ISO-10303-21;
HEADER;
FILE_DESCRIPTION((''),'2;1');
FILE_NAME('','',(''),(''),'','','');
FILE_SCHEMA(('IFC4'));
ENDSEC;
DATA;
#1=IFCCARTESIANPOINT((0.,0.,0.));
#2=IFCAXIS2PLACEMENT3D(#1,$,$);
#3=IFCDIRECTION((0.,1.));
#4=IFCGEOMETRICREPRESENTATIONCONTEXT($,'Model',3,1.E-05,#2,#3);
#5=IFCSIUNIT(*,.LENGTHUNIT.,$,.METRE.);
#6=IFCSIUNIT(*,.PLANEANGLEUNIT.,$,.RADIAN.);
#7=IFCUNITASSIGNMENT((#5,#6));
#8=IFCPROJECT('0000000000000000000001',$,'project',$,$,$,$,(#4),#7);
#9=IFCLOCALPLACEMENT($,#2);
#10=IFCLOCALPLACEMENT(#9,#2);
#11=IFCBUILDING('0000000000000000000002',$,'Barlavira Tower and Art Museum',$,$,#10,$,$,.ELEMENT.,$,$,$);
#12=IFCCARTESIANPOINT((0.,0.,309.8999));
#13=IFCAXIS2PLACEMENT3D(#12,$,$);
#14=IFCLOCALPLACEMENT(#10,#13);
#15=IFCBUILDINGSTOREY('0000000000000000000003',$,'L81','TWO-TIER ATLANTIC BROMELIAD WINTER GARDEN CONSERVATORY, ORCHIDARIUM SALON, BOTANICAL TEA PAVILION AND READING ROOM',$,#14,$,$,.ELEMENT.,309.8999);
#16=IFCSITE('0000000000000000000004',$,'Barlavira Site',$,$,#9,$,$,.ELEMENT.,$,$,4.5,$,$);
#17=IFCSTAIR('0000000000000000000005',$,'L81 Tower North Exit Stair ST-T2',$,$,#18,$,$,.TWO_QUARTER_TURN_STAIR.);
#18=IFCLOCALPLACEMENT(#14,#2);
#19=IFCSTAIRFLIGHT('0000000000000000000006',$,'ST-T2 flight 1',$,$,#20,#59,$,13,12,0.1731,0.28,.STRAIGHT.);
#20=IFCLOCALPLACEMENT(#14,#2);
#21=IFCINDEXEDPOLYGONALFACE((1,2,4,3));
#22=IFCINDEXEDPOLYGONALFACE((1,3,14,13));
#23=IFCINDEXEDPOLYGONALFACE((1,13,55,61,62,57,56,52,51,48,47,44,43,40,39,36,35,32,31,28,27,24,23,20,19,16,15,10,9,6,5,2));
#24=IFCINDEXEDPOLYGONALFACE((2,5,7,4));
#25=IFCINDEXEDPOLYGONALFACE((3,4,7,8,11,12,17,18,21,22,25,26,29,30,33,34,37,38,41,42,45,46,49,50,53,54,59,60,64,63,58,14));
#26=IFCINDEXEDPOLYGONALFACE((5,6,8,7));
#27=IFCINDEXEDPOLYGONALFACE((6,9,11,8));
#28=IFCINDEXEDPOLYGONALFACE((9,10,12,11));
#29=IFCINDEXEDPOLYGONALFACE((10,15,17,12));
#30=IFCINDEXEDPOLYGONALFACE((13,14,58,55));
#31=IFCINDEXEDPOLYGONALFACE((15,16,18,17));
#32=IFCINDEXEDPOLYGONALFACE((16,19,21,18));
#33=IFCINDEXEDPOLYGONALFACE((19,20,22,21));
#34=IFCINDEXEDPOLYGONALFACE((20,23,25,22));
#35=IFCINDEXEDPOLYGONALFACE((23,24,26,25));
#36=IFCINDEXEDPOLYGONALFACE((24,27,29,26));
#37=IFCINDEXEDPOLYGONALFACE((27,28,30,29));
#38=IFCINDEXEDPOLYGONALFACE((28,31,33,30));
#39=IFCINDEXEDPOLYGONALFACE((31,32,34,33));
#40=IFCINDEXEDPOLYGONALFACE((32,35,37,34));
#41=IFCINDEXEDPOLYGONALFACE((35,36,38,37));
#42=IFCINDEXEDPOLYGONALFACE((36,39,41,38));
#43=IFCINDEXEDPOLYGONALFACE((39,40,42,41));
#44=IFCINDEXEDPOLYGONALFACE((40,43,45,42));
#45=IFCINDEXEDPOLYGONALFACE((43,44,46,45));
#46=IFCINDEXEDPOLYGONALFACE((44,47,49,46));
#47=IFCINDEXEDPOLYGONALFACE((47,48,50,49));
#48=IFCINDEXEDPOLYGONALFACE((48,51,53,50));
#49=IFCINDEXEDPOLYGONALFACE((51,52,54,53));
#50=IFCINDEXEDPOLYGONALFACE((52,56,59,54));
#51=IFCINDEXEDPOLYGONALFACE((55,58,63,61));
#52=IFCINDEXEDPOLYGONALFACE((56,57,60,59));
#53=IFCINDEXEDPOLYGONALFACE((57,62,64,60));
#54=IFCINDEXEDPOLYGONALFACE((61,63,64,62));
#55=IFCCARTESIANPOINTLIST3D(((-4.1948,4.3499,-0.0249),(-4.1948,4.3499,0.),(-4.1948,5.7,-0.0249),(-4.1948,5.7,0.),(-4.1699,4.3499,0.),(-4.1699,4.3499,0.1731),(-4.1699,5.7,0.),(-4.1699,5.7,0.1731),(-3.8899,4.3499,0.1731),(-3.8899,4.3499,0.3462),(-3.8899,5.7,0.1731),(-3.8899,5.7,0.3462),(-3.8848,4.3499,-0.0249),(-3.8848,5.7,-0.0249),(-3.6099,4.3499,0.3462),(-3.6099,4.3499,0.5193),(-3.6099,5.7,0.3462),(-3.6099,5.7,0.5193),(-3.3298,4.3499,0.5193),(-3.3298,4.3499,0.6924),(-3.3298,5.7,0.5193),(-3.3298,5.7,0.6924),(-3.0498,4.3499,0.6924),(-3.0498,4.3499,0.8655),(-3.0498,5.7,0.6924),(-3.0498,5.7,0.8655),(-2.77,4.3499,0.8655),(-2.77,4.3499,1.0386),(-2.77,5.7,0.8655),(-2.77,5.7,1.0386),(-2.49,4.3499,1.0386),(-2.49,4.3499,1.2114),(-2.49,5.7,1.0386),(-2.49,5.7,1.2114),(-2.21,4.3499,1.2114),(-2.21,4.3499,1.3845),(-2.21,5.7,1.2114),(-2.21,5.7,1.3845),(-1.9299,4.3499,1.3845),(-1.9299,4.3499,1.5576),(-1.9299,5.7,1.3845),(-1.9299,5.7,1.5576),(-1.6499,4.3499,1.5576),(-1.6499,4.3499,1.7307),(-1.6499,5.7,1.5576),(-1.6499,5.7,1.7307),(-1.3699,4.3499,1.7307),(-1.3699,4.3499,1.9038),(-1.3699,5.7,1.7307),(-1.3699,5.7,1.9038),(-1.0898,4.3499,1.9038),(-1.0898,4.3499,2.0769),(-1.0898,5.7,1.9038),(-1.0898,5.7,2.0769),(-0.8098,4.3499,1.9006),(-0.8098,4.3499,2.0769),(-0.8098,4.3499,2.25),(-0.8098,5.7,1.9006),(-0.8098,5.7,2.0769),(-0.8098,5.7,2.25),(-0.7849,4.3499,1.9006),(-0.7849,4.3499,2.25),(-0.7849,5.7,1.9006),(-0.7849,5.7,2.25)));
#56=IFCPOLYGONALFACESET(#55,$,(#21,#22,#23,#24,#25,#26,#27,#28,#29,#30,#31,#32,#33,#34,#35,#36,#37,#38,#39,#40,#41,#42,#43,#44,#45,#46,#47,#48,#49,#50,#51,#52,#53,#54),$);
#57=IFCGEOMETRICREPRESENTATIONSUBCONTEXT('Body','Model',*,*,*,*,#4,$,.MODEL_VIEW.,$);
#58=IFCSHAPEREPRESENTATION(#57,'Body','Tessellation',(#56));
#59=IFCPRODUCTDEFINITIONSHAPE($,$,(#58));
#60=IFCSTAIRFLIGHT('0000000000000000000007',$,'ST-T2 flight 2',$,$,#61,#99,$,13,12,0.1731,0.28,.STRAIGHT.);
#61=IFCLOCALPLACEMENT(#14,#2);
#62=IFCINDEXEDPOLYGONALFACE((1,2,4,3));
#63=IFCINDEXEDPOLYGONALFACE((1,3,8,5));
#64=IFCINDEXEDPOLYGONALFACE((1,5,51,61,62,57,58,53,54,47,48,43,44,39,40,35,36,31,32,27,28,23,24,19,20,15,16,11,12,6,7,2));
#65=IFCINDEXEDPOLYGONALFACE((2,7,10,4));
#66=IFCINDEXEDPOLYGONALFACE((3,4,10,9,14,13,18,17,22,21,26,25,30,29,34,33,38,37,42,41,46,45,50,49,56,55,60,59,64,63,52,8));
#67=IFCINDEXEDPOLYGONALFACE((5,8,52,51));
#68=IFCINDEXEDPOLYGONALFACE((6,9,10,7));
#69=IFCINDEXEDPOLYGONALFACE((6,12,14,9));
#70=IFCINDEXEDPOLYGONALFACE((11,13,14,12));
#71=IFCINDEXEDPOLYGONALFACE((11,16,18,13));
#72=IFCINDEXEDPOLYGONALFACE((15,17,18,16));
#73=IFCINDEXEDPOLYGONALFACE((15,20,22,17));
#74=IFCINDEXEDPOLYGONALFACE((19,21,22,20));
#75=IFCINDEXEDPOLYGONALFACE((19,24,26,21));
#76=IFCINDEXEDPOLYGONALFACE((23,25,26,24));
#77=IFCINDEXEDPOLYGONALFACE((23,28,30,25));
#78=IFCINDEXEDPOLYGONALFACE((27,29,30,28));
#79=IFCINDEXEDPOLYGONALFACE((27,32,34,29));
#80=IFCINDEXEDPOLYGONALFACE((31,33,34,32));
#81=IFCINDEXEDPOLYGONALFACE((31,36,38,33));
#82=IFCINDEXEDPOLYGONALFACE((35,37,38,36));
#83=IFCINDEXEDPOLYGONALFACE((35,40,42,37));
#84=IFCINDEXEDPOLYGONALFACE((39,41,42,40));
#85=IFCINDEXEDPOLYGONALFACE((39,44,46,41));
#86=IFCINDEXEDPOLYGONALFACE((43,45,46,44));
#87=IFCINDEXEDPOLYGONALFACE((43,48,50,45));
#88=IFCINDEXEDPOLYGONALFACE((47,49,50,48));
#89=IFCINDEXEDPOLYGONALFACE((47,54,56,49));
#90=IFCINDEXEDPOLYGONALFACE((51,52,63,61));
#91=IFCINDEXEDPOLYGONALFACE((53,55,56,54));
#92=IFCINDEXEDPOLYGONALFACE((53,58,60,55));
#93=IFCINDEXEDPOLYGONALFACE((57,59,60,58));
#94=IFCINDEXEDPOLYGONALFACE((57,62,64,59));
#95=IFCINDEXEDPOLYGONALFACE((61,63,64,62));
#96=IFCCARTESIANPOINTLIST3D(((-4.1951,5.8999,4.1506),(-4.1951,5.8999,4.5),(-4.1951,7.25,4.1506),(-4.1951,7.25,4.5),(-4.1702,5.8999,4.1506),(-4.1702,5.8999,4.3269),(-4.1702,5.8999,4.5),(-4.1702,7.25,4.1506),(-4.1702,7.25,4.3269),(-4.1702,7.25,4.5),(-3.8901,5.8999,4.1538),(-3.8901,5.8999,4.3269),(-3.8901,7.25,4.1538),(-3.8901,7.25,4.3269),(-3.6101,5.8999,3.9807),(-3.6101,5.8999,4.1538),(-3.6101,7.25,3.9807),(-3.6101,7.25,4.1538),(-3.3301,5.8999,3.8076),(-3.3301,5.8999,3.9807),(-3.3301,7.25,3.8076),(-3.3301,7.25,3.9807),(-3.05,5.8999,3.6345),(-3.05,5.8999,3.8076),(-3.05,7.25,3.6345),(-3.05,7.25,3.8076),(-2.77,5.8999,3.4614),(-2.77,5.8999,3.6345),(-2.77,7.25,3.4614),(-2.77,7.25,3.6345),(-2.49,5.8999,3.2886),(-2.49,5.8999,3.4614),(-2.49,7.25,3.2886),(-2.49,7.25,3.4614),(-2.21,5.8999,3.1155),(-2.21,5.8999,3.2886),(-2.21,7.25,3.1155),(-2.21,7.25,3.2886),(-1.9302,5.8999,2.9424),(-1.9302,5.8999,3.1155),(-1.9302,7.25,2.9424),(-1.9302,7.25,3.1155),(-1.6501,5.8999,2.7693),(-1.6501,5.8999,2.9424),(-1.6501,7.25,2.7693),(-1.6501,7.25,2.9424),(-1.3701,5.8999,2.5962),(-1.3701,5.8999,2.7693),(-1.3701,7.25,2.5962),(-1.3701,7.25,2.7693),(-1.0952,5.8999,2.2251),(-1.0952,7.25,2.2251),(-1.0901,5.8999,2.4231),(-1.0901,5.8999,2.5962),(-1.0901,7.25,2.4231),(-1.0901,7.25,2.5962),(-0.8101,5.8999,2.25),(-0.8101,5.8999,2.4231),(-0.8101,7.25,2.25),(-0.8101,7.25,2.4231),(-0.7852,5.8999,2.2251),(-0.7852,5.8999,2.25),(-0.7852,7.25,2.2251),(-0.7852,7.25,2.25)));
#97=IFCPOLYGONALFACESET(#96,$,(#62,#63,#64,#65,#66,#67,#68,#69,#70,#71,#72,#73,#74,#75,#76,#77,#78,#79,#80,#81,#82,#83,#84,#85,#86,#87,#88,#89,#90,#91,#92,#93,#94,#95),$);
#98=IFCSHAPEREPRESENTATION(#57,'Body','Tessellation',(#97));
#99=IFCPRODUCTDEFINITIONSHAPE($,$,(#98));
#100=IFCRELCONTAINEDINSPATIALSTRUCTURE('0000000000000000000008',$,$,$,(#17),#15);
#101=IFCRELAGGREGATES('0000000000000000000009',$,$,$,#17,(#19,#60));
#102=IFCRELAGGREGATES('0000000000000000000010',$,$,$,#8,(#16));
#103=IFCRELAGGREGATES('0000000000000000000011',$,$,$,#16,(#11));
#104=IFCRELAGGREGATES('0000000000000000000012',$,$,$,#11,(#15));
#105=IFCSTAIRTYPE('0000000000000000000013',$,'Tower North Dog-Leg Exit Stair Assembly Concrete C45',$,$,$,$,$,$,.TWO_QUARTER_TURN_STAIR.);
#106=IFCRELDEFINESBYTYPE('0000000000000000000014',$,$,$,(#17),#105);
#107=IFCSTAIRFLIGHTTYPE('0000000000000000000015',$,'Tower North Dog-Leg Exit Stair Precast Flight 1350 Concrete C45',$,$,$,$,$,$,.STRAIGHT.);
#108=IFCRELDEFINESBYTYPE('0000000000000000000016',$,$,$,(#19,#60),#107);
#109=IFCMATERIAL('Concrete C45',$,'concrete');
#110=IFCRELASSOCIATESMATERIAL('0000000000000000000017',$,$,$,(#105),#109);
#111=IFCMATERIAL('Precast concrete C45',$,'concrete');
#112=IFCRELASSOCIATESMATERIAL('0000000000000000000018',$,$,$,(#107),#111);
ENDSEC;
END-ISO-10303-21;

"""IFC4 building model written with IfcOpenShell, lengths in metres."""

from ifc_helpers import new_model, si_unit, direction, frame, origin, place, context, subcontext, project, spatial, polyline, outline, extrude, material, type_object, element, aggregate, save


model = new_model("IFC4")

# Units and contexts
model_context = context("Model", 3, precision=1e-05, world=origin(), true_north=direction((0.0, 1.0)))
body_context = subcontext(model_context, "Body", "Model", "MODEL_VIEW")
ifc_project = project(units=[si_unit("LENGTHUNIT", "METRE"), si_unit("PLANEANGLEUNIT", "RADIAN")], contexts=[model_context])

# Site, building, storey
site_placement = place(None, origin())
site = spatial("IfcSite", under=ifc_project, at=site_placement, Name="Barlavira Site", CompositionType="ELEMENT", RefElevation=4.5)
building_placement = place(site_placement, origin())
building = spatial("IfcBuilding", under=site, at=building_placement, Name="Barlavira Tower and Art Museum", CompositionType="ELEMENT")
storey_placement = place(building_placement, frame((0.0, 0.0, 309.8999)))
storey = spatial("IfcBuildingStorey", under=building, at=storey_placement, Name="L81", Description="TWO-TIER ATLANTIC BROMELIAD WINTER GARDEN CONSERVATORY, ORCHIDARIUM SALON, BOTANICAL TEA PAVILION AND READING ROOM", CompositionType="ELEMENT", Elevation=309.8999)

# Stair, stair flights
ifc_material_1 = material(Name="Concrete C45", Category="concrete")
stair_type = type_object("IfcStairType", Name="Tower North Dog-Leg Exit Stair Assembly Concrete C45", PredefinedType="TWO_QUARTER_TURN_STAIR", material=ifc_material_1)
stair_placement = place(storey_placement, origin())
stair = element("IfcStair", 1, at=stair_placement, inside=storey, type_object=stair_type, Name="L81 Tower North Exit Stair ST-T2", PredefinedType="TWO_QUARTER_TURN_STAIR")
ifc_material_2 = material(Name="Precast concrete C45", Category="concrete")
stair_flight_type = type_object("IfcStairFlightType", Name="Tower North Dog-Leg Exit Stair Precast Flight 1350 Concrete C45", PredefinedType="STRAIGHT", material=ifc_material_2)
stair_flight_1_placement = place(storey_placement, frame((-4.1699, 5.0249, 0.0), z_axis=(0.0, 0.0, 1.0), x_axis=(1.0, 0.0, 0.0)))
stair_flight_1 = element("IfcStairFlight", 2, at=stair_flight_1_placement, type_object=stair_flight_type, Name="ST-T2 flight 1", NumberOfRisers=13, NumberOfTreads=12, PredefinedType="STRAIGHT", RiserHeight=0.1731, TreadLength=0.28, context=body_context, shape_type="SweptSolid", body=[
    extrude(outline(polyline([(-0.0249, 0.0), (0.0, 0.0), (0.0, 0.1731), (0.28, 0.1731), (0.28, 0.3462), (0.5601, 0.3462), (0.5601, 0.5193), (0.8401, 0.5193), (0.8401, 0.6924), (1.1201, 0.6924), (1.1201, 0.8655), (1.3999, 0.8655), (1.3999, 1.0386), (1.6799, 1.0386), (1.6799, 1.2114), (1.96, 1.2114), (1.96, 1.3845), (2.24, 1.3845), (2.24, 1.5576), (2.52, 1.5576), (2.52, 1.7307), (2.8, 1.7307), (2.8, 1.9038), (3.0801, 1.9038), (3.0801, 2.0769), (3.3601, 2.0769), (3.3601, 2.25), (3.385, 2.25), (3.385, 1.9006), (3.3601, 1.9006), (0.2852, -0.0249), (-0.0249, -0.0249), (-0.0249, 0.0)])), frame((0.0, 0.675, 0.0), z_axis=(0.0, -1.0, 0.0), x_axis=(1.0, 0.0, 0.0)), (0.0, 0.0, 1.0), 1.3501),
])
stair_flight_2_placement = place(storey_placement, frame((-0.8101, 6.575, 2.25), z_axis=(0.0, 0.0, 1.0), x_axis=(-1.0, 0.0, 0.0)))
stair_flight_2 = element("IfcStairFlight", 3, at=stair_flight_2_placement, type_object=stair_flight_type, Name="ST-T2 flight 2", NumberOfRisers=13, NumberOfTreads=12, PredefinedType="STRAIGHT", RiserHeight=0.1731, TreadLength=0.28, context=body_context, shape_type="SweptSolid", body=[
    extrude(outline(polyline([(-0.0249, 0.0), (0.0, 0.0), (0.0, 0.1731), (0.28, 0.1731), (0.28, 0.3462), (0.5601, 0.3462), (0.5601, 0.5193), (0.8401, 0.5193), (0.8401, 0.6924), (1.1201, 0.6924), (1.1201, 0.8655), (1.3999, 0.8655), (1.3999, 1.0386), (1.6799, 1.0386), (1.6799, 1.2114), (1.96, 1.2114), (1.96, 1.3845), (2.24, 1.3845), (2.24, 1.5576), (2.52, 1.5576), (2.52, 1.7307), (2.8, 1.7307), (2.8, 1.9038), (3.0801, 1.9038), (3.0801, 2.0769), (3.3601, 2.0769), (3.3601, 2.25), (3.385, 2.25), (3.385, 1.9006), (3.3601, 1.9006), (0.2852, -0.0249), (-0.0249, -0.0249), (-0.0249, 0.0)])), frame((0.0, 0.675, 0.0), z_axis=(0.0, -1.0, 0.0), x_axis=(1.0, 0.0, 0.0)), (0.0, 0.0, 1.0), 1.3501),
])
aggregate(stair, [stair_flight_1, stair_flight_2])

save(model, "model.ifc")
